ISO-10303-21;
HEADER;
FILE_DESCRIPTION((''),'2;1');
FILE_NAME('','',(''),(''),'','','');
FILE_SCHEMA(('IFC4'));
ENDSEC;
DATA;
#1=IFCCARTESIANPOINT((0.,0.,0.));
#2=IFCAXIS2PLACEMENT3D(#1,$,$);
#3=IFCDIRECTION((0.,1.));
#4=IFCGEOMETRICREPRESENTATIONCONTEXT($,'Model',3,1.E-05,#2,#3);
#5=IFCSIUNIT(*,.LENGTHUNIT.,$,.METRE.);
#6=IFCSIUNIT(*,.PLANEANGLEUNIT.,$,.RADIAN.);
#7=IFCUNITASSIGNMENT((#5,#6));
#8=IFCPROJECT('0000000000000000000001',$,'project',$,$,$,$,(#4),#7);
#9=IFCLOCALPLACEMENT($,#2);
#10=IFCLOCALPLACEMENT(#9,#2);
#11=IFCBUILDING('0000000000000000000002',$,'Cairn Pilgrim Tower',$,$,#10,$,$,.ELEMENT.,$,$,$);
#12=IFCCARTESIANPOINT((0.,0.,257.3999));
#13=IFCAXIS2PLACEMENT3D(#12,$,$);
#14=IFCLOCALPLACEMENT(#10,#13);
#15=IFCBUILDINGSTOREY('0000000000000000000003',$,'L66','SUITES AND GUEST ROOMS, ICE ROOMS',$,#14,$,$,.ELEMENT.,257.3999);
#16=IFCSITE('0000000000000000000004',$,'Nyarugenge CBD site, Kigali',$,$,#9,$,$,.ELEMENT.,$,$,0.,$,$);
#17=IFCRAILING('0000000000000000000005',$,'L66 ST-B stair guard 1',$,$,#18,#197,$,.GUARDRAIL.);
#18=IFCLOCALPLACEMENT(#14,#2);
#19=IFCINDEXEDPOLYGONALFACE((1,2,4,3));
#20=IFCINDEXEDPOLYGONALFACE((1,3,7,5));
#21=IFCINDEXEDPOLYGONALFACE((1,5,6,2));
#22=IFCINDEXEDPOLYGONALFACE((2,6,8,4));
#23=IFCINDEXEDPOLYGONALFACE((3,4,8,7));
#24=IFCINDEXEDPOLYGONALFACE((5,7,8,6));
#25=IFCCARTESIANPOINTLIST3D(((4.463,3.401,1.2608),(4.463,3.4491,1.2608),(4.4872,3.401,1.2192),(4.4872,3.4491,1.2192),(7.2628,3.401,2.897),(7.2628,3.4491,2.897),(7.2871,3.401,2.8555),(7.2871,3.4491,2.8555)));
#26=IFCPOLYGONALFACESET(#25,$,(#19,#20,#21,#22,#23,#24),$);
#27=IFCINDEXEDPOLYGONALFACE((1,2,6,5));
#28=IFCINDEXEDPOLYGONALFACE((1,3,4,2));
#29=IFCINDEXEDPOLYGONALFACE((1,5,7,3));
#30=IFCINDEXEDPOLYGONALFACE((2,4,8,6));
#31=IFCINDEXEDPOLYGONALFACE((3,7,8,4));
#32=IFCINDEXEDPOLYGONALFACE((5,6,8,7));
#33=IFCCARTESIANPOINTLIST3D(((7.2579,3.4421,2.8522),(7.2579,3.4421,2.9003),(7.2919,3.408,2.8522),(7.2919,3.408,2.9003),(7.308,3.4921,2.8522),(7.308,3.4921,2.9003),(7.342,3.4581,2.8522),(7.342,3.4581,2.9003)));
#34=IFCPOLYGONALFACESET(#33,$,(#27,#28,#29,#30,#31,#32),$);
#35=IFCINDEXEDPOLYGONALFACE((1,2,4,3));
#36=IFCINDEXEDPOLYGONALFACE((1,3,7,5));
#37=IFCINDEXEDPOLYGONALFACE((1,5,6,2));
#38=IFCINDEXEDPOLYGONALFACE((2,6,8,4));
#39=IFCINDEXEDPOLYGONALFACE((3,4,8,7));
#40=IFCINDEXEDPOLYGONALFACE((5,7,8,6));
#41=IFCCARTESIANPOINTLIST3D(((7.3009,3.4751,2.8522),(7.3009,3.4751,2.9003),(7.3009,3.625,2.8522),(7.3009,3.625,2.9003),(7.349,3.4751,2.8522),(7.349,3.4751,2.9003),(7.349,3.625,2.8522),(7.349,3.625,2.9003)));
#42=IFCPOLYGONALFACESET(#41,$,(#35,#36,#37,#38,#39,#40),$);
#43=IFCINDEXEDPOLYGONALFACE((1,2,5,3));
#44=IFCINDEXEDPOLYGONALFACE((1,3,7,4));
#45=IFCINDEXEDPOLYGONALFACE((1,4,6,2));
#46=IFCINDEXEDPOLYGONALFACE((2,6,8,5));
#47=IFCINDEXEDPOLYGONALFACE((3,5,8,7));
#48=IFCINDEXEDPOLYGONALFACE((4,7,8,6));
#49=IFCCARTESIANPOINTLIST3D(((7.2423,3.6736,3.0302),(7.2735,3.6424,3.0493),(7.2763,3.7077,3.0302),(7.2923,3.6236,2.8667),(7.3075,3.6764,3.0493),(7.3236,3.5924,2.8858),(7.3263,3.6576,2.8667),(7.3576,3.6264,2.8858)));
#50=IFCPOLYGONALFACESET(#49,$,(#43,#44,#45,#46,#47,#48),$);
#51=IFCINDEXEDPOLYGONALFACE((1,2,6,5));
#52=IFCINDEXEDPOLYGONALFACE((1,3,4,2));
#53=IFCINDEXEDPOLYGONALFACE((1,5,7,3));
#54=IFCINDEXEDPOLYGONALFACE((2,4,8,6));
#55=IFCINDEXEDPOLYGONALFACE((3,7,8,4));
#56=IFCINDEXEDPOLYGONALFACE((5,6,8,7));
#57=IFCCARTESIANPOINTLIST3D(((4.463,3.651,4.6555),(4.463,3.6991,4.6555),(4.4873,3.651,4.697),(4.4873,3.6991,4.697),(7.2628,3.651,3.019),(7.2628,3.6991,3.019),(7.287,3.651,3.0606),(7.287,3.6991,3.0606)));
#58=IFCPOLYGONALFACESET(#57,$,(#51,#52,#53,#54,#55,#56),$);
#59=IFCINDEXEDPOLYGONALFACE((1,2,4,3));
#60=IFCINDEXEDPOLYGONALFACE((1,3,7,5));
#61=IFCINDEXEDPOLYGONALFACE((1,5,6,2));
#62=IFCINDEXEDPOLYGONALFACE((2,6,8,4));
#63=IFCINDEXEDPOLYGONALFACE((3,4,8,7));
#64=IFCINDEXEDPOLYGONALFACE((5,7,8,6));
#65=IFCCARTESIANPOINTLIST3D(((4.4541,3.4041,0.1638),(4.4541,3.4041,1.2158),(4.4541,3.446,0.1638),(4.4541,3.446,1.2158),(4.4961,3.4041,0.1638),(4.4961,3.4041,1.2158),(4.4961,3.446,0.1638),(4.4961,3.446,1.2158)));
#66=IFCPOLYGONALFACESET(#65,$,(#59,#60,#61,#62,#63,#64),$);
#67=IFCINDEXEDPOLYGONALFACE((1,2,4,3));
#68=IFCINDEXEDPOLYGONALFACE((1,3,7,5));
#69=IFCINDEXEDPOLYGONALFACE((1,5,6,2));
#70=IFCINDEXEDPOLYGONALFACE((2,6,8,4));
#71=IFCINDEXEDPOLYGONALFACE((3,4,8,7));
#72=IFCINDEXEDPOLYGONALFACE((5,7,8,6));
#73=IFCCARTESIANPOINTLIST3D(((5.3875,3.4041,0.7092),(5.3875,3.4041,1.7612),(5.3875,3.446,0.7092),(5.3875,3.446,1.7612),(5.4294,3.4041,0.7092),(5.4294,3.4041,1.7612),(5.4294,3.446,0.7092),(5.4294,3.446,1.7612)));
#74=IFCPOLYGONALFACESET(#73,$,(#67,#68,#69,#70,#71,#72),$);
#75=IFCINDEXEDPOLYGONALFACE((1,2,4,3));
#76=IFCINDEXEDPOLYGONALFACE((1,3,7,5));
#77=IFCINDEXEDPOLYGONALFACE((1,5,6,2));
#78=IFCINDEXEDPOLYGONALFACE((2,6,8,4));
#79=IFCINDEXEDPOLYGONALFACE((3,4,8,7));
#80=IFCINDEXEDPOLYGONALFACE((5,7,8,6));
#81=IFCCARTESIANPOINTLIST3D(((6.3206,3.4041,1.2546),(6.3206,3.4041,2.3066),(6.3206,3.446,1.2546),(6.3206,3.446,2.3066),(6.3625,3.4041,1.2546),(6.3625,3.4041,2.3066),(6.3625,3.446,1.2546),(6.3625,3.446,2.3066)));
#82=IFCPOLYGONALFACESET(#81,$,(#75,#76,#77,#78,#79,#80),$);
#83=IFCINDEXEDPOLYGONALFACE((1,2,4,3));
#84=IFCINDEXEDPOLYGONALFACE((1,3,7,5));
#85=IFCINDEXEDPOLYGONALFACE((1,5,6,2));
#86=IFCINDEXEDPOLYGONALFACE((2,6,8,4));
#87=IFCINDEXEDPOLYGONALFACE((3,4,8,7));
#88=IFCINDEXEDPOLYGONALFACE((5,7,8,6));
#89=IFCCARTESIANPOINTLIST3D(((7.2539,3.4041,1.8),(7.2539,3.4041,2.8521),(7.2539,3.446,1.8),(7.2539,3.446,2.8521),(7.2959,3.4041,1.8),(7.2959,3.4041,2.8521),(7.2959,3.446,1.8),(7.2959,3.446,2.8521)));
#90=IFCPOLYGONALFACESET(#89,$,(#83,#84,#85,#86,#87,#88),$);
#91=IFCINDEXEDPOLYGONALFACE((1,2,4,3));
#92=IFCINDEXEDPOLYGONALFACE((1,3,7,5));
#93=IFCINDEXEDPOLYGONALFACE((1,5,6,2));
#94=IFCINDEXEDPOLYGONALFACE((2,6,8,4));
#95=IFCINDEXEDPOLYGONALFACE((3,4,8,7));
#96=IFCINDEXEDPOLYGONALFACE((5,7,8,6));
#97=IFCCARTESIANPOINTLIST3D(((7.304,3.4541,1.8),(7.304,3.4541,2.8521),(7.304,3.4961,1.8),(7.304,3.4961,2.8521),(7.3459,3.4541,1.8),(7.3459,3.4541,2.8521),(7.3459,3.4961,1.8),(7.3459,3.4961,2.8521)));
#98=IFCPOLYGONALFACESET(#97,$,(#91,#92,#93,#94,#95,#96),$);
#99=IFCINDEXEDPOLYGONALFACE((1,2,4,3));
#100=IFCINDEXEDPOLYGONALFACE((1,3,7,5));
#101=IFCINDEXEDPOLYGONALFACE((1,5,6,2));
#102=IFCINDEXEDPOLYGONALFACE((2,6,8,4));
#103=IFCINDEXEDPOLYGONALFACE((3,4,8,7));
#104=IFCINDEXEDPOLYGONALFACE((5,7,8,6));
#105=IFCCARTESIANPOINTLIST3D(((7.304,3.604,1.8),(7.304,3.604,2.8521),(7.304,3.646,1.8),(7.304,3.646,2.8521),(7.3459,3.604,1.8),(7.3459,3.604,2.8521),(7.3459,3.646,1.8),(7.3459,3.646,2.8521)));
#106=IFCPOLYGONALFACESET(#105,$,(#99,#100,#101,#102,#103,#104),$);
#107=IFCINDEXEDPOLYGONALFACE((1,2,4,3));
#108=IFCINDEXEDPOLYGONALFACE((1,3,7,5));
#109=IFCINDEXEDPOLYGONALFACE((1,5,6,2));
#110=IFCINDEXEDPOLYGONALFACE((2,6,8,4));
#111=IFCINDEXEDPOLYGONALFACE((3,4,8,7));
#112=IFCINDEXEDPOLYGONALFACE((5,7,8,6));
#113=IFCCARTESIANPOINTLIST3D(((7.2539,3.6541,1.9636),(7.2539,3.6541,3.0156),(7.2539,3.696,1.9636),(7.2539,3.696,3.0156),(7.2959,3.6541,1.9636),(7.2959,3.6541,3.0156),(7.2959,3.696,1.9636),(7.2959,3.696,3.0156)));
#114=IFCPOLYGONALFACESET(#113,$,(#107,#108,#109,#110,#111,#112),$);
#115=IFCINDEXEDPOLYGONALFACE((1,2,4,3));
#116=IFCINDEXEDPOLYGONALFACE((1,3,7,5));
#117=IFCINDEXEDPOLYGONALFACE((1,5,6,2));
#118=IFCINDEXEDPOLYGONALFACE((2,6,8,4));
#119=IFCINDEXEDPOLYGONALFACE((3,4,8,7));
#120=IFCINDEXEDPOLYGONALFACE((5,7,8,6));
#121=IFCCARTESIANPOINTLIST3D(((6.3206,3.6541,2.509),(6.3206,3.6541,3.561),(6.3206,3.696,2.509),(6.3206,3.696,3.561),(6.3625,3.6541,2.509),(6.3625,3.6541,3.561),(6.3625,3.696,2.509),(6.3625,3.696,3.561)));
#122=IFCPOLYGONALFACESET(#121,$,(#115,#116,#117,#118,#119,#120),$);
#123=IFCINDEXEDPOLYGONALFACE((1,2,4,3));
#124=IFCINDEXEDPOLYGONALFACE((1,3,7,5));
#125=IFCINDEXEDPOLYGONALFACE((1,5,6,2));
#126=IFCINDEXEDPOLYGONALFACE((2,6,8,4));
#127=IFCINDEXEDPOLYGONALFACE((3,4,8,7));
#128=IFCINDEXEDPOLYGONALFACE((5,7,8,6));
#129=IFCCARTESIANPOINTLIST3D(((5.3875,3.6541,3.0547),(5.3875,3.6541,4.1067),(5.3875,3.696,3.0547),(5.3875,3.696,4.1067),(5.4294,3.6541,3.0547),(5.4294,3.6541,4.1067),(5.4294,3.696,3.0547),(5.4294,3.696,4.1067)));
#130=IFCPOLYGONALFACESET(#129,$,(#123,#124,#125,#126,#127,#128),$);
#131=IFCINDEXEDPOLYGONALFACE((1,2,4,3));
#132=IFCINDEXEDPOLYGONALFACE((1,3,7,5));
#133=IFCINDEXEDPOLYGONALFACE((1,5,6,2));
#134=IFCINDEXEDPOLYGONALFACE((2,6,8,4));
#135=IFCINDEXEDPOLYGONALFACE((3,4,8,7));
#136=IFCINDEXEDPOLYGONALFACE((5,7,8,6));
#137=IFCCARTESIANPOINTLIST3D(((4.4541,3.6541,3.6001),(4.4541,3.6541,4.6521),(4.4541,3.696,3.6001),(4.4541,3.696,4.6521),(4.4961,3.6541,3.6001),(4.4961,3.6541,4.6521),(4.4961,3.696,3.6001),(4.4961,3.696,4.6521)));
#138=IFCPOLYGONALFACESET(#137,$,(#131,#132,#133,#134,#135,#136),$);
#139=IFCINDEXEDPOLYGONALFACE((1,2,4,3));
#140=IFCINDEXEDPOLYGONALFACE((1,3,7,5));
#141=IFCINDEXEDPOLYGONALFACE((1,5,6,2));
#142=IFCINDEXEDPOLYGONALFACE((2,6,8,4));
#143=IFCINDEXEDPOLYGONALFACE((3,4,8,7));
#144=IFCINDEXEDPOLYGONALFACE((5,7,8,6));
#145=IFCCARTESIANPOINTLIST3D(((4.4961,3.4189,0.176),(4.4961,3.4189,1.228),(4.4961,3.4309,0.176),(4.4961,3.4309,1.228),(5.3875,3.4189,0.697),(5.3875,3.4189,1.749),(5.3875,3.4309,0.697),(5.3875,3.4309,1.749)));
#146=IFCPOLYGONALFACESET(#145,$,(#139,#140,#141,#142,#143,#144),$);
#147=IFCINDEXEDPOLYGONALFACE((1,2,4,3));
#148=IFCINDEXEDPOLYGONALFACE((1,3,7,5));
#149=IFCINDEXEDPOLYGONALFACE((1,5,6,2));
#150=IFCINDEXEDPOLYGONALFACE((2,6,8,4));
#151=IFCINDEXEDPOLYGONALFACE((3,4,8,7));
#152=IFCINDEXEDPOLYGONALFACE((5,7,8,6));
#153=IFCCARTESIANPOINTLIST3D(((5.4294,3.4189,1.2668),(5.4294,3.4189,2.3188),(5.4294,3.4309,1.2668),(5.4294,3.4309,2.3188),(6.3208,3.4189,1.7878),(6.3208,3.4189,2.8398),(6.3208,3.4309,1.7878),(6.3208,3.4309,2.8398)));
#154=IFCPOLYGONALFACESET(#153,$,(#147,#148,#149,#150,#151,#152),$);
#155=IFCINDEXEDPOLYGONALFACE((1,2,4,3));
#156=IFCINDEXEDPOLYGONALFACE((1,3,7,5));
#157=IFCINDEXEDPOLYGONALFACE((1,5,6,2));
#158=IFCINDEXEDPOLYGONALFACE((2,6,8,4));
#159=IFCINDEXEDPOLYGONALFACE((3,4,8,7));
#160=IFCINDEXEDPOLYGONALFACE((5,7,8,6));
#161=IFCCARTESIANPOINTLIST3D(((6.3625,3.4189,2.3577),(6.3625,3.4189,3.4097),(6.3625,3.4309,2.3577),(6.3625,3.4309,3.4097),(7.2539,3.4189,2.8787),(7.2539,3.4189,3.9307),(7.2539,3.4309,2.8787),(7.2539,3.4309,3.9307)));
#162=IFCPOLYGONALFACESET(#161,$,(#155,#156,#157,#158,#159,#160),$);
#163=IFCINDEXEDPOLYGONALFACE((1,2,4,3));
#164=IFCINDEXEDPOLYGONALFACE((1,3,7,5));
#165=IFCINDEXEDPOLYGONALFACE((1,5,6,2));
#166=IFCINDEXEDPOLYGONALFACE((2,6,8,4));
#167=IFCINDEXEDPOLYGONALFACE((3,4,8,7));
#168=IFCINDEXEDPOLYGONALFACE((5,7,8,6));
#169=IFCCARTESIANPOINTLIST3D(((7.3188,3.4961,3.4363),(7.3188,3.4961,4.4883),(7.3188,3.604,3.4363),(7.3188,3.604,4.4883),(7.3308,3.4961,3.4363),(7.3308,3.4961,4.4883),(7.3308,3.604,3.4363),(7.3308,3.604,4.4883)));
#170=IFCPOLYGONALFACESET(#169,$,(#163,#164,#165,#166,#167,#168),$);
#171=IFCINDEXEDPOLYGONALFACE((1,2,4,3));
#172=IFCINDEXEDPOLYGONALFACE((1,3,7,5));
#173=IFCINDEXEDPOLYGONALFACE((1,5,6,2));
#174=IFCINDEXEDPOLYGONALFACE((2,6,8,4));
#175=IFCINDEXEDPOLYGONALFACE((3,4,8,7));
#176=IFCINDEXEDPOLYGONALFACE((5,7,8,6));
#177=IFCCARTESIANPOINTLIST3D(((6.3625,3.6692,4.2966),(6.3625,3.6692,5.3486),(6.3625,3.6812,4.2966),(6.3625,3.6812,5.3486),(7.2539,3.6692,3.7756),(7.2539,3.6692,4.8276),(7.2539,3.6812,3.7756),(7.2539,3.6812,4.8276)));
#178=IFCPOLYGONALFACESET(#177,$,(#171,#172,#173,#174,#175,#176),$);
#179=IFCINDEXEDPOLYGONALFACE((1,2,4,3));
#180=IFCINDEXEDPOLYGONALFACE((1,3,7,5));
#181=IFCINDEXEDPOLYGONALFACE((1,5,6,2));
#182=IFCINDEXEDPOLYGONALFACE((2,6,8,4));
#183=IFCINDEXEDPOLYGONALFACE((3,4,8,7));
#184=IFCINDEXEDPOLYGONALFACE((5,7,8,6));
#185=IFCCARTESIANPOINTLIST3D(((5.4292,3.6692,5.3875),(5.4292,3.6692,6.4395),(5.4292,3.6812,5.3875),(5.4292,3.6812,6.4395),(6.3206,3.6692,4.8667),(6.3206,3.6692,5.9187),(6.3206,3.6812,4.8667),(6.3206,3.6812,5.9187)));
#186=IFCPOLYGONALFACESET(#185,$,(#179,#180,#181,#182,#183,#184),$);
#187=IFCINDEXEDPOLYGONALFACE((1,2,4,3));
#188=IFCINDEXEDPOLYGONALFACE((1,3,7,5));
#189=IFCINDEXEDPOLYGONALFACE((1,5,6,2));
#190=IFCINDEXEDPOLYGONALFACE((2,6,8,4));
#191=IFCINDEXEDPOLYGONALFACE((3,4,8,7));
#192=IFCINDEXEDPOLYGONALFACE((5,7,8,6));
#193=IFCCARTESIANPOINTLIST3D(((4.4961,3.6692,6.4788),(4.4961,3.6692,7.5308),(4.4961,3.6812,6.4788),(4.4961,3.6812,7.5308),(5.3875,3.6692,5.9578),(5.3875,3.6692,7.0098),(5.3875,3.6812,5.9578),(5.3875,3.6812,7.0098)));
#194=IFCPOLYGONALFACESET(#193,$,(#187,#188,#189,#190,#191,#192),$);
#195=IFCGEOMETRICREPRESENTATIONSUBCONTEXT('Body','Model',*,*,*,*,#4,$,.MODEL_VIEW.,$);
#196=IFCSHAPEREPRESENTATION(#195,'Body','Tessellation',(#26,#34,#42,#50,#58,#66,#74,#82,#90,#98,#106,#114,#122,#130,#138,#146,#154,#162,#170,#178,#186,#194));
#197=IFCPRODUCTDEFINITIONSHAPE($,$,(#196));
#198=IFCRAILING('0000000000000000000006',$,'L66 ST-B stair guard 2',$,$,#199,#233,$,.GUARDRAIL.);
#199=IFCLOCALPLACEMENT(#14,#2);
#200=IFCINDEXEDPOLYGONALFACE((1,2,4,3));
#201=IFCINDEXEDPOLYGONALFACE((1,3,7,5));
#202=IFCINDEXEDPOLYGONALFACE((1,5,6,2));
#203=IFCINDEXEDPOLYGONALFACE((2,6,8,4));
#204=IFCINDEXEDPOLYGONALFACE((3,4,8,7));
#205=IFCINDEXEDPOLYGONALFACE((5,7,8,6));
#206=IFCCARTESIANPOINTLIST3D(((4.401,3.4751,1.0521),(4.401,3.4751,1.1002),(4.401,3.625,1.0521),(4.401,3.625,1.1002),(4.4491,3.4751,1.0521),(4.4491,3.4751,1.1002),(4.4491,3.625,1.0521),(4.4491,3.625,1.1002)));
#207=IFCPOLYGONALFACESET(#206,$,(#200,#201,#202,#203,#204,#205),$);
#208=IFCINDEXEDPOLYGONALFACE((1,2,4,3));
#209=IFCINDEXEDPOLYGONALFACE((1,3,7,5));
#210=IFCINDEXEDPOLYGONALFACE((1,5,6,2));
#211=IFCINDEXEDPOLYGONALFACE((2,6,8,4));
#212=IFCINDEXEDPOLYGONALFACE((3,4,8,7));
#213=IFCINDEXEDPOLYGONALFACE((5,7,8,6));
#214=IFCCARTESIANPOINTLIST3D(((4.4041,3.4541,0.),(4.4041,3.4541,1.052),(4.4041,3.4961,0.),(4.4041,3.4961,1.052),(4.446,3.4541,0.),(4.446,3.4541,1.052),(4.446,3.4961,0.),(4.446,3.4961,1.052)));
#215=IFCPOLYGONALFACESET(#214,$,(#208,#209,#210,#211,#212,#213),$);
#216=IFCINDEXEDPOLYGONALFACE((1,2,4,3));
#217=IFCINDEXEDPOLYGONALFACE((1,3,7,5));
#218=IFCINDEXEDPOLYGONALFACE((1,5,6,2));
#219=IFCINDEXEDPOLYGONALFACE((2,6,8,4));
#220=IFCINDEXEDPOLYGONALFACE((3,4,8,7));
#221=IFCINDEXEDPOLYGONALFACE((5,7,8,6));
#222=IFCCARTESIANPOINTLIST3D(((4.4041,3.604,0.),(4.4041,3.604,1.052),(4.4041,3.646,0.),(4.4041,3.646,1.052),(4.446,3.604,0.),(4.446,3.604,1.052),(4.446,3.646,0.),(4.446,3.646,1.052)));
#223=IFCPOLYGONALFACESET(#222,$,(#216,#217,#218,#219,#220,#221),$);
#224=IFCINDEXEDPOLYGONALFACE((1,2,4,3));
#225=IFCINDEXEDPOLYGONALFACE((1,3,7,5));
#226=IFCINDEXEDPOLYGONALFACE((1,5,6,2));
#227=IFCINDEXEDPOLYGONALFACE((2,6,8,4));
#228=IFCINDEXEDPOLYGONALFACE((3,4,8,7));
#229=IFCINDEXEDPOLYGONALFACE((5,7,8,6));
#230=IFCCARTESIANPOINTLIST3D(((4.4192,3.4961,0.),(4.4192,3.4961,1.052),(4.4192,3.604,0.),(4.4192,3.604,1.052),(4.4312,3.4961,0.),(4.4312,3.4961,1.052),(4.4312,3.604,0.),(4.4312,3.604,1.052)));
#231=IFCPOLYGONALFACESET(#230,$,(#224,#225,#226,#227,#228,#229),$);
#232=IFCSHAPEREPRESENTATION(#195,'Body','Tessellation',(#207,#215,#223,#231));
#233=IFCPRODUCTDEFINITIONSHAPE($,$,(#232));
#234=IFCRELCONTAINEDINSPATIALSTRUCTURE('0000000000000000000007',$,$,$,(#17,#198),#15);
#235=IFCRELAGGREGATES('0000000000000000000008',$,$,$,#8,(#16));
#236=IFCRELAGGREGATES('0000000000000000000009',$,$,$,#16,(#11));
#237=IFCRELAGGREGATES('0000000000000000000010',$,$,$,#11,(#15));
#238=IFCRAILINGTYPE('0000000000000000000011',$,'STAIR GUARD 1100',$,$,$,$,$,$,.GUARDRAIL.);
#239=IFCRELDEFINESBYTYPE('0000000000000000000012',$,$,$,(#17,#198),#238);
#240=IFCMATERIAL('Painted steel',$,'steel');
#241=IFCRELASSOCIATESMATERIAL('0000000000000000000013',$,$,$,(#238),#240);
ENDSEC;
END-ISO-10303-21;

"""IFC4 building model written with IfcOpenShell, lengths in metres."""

from ifc_helpers import new_model, si_unit, direction, frame, origin, origin_2d, place, context, subcontext, project, spatial, polyline, rectangle, outline, extrude, material, type_object, element, save


model = new_model("IFC4")

# Units and contexts
model_context = context("Model", 3, precision=1e-05, world=origin(), true_north=direction((0.0, 1.0)))
body_context = subcontext(model_context, "Body", "Model", "MODEL_VIEW")
ifc_project = project(units=[si_unit("LENGTHUNIT", "METRE"), si_unit("PLANEANGLEUNIT", "RADIAN")], contexts=[model_context])

# Site, building, storey
site_placement = place(None, origin())
site = spatial("IfcSite", under=ifc_project, at=site_placement, Name="Nyarugenge CBD site, Kigali", CompositionType="ELEMENT", RefElevation=0.0)
building_placement = place(site_placement, origin())
building = spatial("IfcBuilding", under=site, at=building_placement, Name="Cairn Pilgrim Tower", CompositionType="ELEMENT")
storey_placement = place(building_placement, frame((0.0, 0.0, 257.3999)))
storey = spatial("IfcBuildingStorey", under=building, at=storey_placement, Name="L66", Description="SUITES AND GUEST ROOMS, ICE ROOMS", CompositionType="ELEMENT", Elevation=257.3999)

# Shared definitions
ifc_material_1 = material(Name="Painted steel", Category="steel")

# Railings
railing_type_1 = type_object("IfcRailingType", Name="STAIR GUARD 1100", PredefinedType="GUARDRAIL", material=ifc_material_1)
railing_1_placement = place(storey_placement, frame((4.4751, 3.425, 0.1638)))
element("IfcRailing", 1, at=railing_1_placement, inside=storey, type_object=railing_type_1, Name="L66 ST-B stair guard 1", PredefinedType="GUARDRAIL", context=body_context, shape_type="SweptSolid", body=[
    extrude(rectangle(XDim=0.0481, YDim=0.0481, at=origin_2d()), frame((0.0, 0.0, 1.0762), z_axis=(0.863374, 0.0, 0.504564), x_axis=(0.0, 1.0, 0.0)), (0.0, 0.0, 1.0), 3.2429),
    extrude(rectangle(XDim=0.0481, YDim=0.0481, at=origin_2d()), frame((2.7998, 0.0, 2.7124), z_axis=(0.707107, 0.707107, 0.0), x_axis=(-0.707107, 0.707107, 0.0)), (0.0, 0.0, 1.0), 0.0708),
    extrude(rectangle(XDim=0.0481, YDim=0.0481, at=origin_2d()), frame((2.8499, 0.05, 2.7124), z_axis=(0.0, 1.0, 0.0), x_axis=(-1.0, 0.0, 0.0)), (0.0, 0.0, 1.0), 0.1499),
    extrude(rectangle(XDim=0.0481, YDim=0.0481, at=origin_2d()), frame((2.8499, 0.2, 2.7124), z_axis=(-0.280809, 0.280809, 0.917765), x_axis=(-0.707107, -0.707107, 0.0)), (0.0, 0.0, 1.0), 0.1782),
    extrude(rectangle(XDim=0.0481, YDim=0.0481, at=origin_2d()), frame((2.7998, 0.25, 2.876), z_axis=(-0.863342, 0.0, 0.50462), x_axis=(0.0, -1.0, 0.0)), (0.0, 0.0, 1.0), 3.2429),
    extrude(rectangle(XDim=0.042, YDim=0.042, at=origin_2d()), origin(), (0.0, 0.0, 1.0), 1.052),
    extrude(rectangle(XDim=0.042, YDim=0.042, at=origin_2d()), frame((0.9333, 0.0, 0.5454)), (0.0, 0.0, 1.0), 1.052),
    extrude(rectangle(XDim=0.042, YDim=0.042, at=origin_2d()), frame((1.8665, 0.0, 1.0908)), (0.0, 0.0, 1.0), 1.052),
    extrude(rectangle(XDim=0.042, YDim=0.042, at=origin_2d()), frame((2.7998, 0.0, 1.6362)), (0.0, 0.0, 1.0), 1.052),
    extrude(rectangle(XDim=0.042, YDim=0.042, at=origin_2d()), frame((2.8499, 0.05, 1.6362)), (0.0, 0.0, 1.0), 1.052),
    extrude(rectangle(XDim=0.042, YDim=0.042, at=origin_2d()), frame((2.8499, 0.2, 1.6362)), (0.0, 0.0, 1.0), 1.052),
    extrude(rectangle(XDim=0.042, YDim=0.042, at=origin_2d()), frame((2.7998, 0.25, 1.7998)), (0.0, 0.0, 1.0), 1.052),
    extrude(rectangle(XDim=0.042, YDim=0.042, at=origin_2d()), frame((1.8665, 0.25, 2.3452)), (0.0, 0.0, 1.0), 1.052),
    extrude(rectangle(XDim=0.042, YDim=0.042, at=origin_2d()), frame((0.9333, 0.25, 2.8909)), (0.0, 0.0, 1.0), 1.052),
    extrude(rectangle(XDim=0.042, YDim=0.042, at=origin_2d()), frame((0.0, 0.25, 3.4363)), (0.0, 0.0, 1.0), 1.052),
    extrude(outline(polyline([(0.021, 0.0122), (0.9124, 0.5332), (0.9124, 1.5852), (0.021, 1.0642), (0.021, 0.0122)])), frame((0.0, 0.0059, 0.0), z_axis=(0.0, -1.0, 0.0), x_axis=(1.0, 0.0, 0.0)), (0.0, 0.0, 1.0), 0.012),
    extrude(outline(polyline([(0.021, 0.5576), (0.9124, 1.0786), (0.9124, 2.1306), (0.021, 1.6096), (0.021, 0.5576)])), frame((0.9333, 0.0059, 0.5454), z_axis=(0.0, -1.0, 0.0), x_axis=(1.0, 0.0, 0.0)), (0.0, 0.0, 1.0), 0.012),
    extrude(outline(polyline([(0.021, 1.103), (0.9124, 1.624), (0.9124, 2.676), (0.021, 2.155), (0.021, 1.103)])), frame((1.8665, 0.0059, 1.0908), z_axis=(0.0, -1.0, 0.0), x_axis=(1.0, 0.0, 0.0)), (0.0, 0.0, 1.0), 0.012),
    extrude(outline(polyline([(0.021, 1.6362), (0.1289, 1.6362), (0.1289, 2.6882), (0.021, 2.6882), (0.021, 1.6362)])), frame((2.8438, 0.05, 1.6362), z_axis=(1.0, 0.0, 0.0), x_axis=(0.0, 1.0, 0.0)), (0.0, 0.0, 1.0), 0.012),
    extrude(outline(polyline([(0.021, 1.812), (0.9124, 2.333), (0.9124, 3.385), (0.021, 2.864), (0.021, 1.812)])), frame((2.7998, 0.2441, 1.7998), z_axis=(0.0, 1.0, 0.0), x_axis=(-1.0, 0.0, 0.0)), (0.0, 0.0, 1.0), 0.012),
    extrude(outline(polyline([(0.021, 2.3577), (0.9124, 2.8784), (0.9124, 3.9304), (0.021, 3.4097), (0.021, 2.3577)])), frame((1.8665, 0.2441, 2.3452), z_axis=(0.0, 1.0, 0.0), x_axis=(-1.0, 0.0, 0.0)), (0.0, 0.0, 1.0), 0.012),
    extrude(outline(polyline([(0.021, 2.9031), (0.9124, 3.4241), (0.9124, 4.4761), (0.021, 3.9551), (0.021, 2.9031)])), frame((0.9333, 0.2441, 2.8909), z_axis=(0.0, 1.0, 0.0), x_axis=(-1.0, 0.0, 0.0)), (0.0, 0.0, 1.0), 0.012),
])
railing_2_placement = place(storey_placement, frame((4.425, 3.4751, 0.0)))
element("IfcRailing", 2, at=railing_2_placement, inside=storey, type_object=railing_type_1, Name="L66 ST-B stair guard 2", PredefinedType="GUARDRAIL", context=body_context, shape_type="SweptSolid", body=[
    extrude(rectangle(XDim=0.0481, YDim=0.0481, at=origin_2d()), frame((0.0, 0.0, 1.0762), z_axis=(0.0, 1.0, 0.0), x_axis=(-1.0, 0.0, 0.0)), (0.0, 0.0, 1.0), 0.1499),
    extrude(rectangle(XDim=0.042, YDim=0.042, at=origin_2d()), origin(), (0.0, 0.0, 1.0), 1.052),
    extrude(rectangle(XDim=0.042, YDim=0.042, at=origin_2d()), frame((0.0, 0.1499, 0.0)), (0.0, 0.0, 1.0), 1.052),
    extrude(outline(polyline([(0.021, 0.0), (0.1289, 0.0), (0.1289, 1.052), (0.021, 1.052), (0.021, 0.0)])), frame((-0.0059, 0.0, 0.0), z_axis=(1.0, 0.0, 0.0), x_axis=(0.0, 1.0, 0.0)), (0.0, 0.0, 1.0), 0.012),
])

save(model, "model.ifc")
